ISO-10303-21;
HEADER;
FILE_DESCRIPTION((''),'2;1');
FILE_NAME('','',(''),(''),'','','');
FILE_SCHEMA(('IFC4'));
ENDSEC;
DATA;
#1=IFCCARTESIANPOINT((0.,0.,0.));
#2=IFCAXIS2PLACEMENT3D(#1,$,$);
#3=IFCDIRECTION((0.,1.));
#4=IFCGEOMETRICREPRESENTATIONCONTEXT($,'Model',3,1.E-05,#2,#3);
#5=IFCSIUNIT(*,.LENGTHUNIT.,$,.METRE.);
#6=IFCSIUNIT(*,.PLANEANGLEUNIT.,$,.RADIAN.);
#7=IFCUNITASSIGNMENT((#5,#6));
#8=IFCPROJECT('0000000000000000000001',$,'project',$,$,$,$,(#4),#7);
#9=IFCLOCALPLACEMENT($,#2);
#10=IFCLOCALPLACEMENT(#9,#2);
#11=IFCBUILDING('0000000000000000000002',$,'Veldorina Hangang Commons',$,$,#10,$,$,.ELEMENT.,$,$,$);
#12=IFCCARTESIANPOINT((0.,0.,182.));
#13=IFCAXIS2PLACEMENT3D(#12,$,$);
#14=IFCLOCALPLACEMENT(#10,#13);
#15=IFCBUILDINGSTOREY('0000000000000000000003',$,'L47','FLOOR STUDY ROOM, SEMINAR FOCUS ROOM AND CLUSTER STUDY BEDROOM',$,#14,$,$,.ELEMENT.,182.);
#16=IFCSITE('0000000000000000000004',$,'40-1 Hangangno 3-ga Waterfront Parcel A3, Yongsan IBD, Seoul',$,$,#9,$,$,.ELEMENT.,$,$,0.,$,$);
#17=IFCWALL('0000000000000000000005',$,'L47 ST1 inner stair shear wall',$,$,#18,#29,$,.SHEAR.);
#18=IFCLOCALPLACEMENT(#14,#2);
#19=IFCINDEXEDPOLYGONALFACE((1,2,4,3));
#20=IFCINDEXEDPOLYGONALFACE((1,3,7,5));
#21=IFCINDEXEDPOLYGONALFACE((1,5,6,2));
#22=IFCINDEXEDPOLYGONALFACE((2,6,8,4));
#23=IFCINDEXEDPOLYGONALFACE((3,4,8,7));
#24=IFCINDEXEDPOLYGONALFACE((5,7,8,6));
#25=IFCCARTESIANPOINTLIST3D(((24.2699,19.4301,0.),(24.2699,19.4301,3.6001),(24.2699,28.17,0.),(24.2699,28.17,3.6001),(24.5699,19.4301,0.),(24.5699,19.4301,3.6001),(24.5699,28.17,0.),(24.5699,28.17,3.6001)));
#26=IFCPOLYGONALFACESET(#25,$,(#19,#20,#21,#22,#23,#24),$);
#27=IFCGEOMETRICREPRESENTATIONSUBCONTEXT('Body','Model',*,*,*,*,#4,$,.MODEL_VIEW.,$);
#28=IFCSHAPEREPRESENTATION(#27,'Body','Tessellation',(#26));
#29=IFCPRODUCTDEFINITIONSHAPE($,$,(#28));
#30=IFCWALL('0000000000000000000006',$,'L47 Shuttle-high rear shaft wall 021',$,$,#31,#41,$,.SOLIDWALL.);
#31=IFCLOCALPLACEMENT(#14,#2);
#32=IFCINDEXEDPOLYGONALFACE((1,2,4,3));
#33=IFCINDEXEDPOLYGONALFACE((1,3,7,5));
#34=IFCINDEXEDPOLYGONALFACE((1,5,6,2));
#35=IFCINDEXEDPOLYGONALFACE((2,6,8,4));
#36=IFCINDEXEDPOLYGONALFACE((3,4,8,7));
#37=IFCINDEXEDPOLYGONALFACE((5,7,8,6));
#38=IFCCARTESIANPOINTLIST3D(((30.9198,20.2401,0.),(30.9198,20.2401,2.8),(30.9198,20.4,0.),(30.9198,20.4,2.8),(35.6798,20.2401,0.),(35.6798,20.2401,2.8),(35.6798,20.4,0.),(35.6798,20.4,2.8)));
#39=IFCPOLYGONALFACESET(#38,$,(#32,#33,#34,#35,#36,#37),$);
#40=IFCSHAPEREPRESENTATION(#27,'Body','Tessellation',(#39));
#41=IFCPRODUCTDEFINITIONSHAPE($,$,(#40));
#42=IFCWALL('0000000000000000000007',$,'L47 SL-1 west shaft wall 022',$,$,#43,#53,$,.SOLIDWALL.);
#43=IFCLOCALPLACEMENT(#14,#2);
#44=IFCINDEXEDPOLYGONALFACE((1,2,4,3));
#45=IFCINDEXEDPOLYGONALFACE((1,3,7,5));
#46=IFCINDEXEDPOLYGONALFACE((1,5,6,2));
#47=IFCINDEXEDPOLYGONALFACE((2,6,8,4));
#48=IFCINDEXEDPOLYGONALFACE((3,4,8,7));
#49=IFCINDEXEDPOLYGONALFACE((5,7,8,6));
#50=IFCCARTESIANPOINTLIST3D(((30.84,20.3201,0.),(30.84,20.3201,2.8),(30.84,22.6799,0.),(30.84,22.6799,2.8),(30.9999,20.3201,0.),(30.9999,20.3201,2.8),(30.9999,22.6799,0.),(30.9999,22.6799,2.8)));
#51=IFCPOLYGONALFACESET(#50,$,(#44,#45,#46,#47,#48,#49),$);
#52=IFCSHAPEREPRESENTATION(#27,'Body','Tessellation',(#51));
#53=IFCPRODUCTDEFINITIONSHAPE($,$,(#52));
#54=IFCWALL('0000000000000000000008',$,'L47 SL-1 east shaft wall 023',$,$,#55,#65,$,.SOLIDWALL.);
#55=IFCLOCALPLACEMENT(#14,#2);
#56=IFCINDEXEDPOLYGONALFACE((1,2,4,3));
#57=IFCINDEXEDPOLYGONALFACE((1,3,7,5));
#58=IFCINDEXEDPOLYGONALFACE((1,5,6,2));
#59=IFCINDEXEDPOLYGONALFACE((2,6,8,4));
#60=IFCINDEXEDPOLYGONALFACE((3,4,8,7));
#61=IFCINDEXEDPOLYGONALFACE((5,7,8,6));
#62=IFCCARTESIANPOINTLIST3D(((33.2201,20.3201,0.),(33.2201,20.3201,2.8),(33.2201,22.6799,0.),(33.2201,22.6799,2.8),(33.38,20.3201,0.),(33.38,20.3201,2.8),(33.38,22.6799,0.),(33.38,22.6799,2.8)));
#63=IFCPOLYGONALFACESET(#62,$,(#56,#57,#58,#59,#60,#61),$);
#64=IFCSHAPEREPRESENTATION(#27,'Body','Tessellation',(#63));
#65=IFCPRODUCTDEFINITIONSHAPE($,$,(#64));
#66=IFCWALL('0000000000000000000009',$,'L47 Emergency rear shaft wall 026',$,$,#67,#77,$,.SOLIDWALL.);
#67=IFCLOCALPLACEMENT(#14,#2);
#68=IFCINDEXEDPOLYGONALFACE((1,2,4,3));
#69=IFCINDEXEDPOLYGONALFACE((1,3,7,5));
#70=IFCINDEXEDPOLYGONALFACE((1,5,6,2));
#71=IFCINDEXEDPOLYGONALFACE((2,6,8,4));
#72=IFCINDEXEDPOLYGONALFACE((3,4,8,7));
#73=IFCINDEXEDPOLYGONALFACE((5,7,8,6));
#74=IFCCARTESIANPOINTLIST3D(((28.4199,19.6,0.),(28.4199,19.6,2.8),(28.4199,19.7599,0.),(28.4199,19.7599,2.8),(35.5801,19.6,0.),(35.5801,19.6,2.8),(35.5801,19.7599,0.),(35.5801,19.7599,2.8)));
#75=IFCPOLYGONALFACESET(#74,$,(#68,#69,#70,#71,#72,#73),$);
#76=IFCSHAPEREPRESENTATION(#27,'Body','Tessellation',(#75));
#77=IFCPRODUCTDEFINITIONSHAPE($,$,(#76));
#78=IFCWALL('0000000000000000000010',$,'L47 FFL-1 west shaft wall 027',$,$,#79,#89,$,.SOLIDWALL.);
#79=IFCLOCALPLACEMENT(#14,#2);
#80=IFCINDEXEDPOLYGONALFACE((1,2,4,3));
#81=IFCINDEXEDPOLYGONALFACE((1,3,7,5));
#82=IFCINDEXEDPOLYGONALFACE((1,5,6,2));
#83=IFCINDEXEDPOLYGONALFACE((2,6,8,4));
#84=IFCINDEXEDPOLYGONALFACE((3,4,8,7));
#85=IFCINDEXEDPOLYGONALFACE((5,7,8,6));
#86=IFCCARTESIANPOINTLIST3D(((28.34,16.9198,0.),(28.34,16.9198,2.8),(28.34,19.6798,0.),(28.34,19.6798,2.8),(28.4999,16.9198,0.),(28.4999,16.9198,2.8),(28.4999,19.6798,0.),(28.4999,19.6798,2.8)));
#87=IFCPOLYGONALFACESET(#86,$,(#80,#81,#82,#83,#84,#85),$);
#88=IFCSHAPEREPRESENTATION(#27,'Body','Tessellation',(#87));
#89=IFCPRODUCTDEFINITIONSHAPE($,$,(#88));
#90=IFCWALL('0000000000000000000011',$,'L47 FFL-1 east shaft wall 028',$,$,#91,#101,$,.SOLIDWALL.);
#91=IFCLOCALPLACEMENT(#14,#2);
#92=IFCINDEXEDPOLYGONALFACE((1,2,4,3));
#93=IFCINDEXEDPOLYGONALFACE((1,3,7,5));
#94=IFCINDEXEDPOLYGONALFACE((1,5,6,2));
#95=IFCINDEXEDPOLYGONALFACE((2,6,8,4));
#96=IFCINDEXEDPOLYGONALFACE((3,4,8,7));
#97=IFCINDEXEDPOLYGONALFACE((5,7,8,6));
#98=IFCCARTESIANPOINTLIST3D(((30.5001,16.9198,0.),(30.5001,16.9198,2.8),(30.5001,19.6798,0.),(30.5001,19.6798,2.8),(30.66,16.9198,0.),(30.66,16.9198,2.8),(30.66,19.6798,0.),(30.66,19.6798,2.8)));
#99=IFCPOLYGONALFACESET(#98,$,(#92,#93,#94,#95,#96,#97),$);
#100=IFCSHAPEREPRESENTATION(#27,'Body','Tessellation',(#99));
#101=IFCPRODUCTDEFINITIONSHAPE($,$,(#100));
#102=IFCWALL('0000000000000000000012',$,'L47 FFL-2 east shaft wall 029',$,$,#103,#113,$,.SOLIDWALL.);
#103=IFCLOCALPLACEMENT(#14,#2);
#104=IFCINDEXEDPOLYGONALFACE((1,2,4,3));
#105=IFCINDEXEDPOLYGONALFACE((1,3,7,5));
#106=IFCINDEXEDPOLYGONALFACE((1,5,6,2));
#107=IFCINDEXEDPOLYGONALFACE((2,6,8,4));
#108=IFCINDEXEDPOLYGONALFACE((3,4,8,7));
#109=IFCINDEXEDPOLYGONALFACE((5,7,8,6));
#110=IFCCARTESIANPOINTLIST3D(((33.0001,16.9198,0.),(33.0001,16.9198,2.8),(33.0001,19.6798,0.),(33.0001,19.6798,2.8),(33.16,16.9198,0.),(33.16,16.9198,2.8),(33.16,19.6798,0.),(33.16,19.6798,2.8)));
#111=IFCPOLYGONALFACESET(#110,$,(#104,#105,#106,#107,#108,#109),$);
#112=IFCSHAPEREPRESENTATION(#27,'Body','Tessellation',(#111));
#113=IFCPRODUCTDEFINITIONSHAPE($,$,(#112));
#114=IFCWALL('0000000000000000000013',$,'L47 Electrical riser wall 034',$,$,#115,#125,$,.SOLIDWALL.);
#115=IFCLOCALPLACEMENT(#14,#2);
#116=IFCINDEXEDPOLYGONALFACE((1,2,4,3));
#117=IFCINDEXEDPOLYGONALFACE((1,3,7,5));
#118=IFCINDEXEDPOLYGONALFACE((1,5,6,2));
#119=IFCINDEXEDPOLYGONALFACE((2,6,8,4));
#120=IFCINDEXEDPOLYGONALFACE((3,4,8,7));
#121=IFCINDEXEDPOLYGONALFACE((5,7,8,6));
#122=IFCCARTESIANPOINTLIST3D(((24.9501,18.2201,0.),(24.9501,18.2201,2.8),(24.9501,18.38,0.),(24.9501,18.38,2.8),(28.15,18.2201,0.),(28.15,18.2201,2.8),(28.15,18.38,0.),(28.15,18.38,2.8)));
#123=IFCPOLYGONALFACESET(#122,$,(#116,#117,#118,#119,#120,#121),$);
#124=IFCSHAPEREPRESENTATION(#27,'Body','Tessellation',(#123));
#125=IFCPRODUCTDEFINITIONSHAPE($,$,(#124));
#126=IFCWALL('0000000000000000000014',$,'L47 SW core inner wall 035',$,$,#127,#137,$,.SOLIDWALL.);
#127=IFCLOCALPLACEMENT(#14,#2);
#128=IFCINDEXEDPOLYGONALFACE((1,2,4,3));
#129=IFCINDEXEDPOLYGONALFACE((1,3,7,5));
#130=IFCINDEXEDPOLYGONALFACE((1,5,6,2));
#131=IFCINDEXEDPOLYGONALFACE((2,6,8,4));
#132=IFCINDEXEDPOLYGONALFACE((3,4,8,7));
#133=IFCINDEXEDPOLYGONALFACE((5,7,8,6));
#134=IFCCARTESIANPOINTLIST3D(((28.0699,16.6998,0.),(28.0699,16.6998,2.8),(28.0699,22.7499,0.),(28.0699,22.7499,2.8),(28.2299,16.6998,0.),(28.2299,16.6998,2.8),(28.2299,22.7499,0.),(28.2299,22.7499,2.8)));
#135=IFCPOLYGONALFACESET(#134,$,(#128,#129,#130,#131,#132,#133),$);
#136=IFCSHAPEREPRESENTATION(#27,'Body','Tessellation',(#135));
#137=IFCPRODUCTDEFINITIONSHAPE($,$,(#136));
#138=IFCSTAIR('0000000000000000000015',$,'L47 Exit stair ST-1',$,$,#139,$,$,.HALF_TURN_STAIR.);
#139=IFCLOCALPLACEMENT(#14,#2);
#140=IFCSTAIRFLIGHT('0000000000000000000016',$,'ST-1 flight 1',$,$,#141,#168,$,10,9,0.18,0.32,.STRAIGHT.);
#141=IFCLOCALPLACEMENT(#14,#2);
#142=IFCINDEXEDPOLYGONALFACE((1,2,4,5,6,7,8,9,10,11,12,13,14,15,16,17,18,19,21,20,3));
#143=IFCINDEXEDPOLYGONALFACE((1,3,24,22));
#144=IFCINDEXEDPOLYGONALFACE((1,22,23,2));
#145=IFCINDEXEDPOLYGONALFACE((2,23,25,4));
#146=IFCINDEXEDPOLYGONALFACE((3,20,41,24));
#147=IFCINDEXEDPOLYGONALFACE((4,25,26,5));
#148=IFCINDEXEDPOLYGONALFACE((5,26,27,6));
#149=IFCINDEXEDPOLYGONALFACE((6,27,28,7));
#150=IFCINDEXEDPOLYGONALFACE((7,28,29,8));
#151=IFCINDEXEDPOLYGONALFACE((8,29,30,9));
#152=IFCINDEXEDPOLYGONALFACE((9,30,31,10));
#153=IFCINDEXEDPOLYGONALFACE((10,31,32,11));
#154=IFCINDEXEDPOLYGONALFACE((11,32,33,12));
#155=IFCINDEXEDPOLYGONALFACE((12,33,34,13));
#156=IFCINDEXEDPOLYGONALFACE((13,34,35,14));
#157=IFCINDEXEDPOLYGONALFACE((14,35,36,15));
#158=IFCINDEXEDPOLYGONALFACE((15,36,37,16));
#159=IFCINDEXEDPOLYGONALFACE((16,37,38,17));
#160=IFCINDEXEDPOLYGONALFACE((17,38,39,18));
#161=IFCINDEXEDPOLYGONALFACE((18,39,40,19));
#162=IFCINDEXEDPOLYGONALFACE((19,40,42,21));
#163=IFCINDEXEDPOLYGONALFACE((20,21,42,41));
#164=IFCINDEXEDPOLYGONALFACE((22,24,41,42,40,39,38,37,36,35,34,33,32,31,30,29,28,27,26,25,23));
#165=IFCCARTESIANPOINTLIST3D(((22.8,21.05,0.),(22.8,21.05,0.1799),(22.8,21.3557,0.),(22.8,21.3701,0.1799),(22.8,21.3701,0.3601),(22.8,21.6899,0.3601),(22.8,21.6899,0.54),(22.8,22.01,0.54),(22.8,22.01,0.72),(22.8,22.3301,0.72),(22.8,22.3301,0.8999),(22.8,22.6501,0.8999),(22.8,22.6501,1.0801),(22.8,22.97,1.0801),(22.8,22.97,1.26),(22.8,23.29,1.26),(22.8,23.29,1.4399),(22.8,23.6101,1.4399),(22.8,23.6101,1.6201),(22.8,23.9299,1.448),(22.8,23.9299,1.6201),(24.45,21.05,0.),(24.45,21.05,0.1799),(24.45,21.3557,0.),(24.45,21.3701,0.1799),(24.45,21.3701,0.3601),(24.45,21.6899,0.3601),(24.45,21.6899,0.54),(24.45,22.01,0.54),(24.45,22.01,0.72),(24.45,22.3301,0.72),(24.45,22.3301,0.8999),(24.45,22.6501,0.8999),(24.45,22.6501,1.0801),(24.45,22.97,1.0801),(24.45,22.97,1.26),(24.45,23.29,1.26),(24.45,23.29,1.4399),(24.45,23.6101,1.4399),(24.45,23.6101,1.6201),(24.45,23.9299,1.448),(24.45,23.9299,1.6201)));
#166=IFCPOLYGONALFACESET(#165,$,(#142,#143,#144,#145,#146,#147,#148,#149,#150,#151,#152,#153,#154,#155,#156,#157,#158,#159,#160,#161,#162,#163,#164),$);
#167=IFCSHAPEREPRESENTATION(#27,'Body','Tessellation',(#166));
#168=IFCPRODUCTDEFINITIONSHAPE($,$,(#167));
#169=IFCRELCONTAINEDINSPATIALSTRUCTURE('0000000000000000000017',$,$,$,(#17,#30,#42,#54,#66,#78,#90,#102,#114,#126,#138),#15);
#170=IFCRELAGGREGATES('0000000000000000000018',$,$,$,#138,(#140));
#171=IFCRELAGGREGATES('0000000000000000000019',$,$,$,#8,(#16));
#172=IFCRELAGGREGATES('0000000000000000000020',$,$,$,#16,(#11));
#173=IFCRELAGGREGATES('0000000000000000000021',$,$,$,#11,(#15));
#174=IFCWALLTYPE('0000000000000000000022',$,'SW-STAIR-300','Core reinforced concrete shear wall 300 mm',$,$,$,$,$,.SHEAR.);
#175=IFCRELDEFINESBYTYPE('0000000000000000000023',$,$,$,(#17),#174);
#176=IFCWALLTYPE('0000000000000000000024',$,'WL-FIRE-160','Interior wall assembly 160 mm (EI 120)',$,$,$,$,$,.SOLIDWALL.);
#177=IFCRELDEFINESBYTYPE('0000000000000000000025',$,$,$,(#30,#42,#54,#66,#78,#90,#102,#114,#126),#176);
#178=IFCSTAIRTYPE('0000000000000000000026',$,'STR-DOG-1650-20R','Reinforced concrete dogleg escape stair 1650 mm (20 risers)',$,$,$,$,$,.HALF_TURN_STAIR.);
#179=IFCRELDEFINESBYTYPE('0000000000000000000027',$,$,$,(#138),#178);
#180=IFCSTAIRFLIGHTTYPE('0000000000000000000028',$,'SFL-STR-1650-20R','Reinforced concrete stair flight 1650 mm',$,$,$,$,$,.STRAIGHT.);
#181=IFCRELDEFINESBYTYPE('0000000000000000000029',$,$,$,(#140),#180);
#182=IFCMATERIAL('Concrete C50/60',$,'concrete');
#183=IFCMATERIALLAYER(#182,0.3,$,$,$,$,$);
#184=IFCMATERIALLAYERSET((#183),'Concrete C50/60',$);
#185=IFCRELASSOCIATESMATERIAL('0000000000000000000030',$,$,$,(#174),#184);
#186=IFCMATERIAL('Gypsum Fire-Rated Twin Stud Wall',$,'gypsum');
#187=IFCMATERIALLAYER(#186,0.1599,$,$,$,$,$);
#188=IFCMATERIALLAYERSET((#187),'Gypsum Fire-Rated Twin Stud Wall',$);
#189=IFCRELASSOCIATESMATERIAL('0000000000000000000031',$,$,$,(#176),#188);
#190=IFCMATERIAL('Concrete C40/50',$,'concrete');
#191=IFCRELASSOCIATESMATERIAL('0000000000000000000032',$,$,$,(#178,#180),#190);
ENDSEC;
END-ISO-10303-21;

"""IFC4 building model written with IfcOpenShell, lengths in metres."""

from ifc_helpers import new_model, si_unit, direction, frame, frame_2d, origin, place, context, subcontext, project, spatial, polyline, rectangle, outline, extrude, material, layer, layer_set, type_object, element, aggregate, save


model = new_model("IFC4")

# Units and contexts
model_context = context("Model", 3, precision=1e-05, world=origin(), true_north=direction((0.0, 1.0)))
body_context = subcontext(model_context, "Body", "Model", "MODEL_VIEW")
ifc_project = project(units=[si_unit("LENGTHUNIT", "METRE"), si_unit("PLANEANGLEUNIT", "RADIAN")], contexts=[model_context])

# Site, building, storey
site_placement = place(None, origin())
site = spatial("IfcSite", under=ifc_project, at=site_placement, Name="40-1 Hangangno 3-ga Waterfront Parcel A3, Yongsan IBD, Seoul", CompositionType="ELEMENT", RefElevation=0.0)
building_placement = place(site_placement, origin())
building = spatial("IfcBuilding", under=site, at=building_placement, Name="Veldorina Hangang Commons", CompositionType="ELEMENT")
storey_placement = place(building_placement, frame((0.0, 0.0, 182.0)))
storey = spatial("IfcBuildingStorey", under=building, at=storey_placement, Name="L47", Description="FLOOR STUDY ROOM, SEMINAR FOCUS ROOM AND CLUSTER STUDY BEDROOM", CompositionType="ELEMENT", Elevation=182.0)

# Walls
ifc_material_1 = material(Name="Concrete C50/60", Category="concrete")
ifc_layer_1 = layer(ifc_material_1, 0.3)
ifc_layer_set_1 = layer_set([ifc_layer_1], Name="Concrete C50/60")
wall_type_1 = type_object("IfcWallType", Name="SW-STAIR-300", Description="Core reinforced concrete shear wall 300 mm", PredefinedType="SHEAR", material=ifc_layer_set_1)
wall_1_placement = place(storey_placement, frame((24.4199, 19.4299, 0.0), z_axis=(0.0, 0.0, 1.0), x_axis=(0.0, 1.0, 0.0)))
element("IfcWall", 1, at=wall_1_placement, inside=storey, type_object=wall_type_1, Name="L47 ST1 inner stair shear wall", PredefinedType="SHEAR", context=body_context, shape_type="SweptSolid", body=[
    extrude(rectangle(XDim=8.74, YDim=0.3, at=frame_2d((4.3701, 0.0))), origin(), (0.0, 0.0, 1.0), 3.6001),
])
ifc_material_2 = material(Name="Gypsum Fire-Rated Twin Stud Wall", Category="gypsum")
ifc_layer_2 = layer(ifc_material_2, 0.1599)
ifc_layer_set_2 = layer_set([ifc_layer_2], Name="Gypsum Fire-Rated Twin Stud Wall")
wall_type_2 = type_object("IfcWallType", Name="WL-FIRE-160", Description="Interior wall assembly 160 mm (EI 120)", PredefinedType="SOLIDWALL", material=ifc_layer_set_2)
wall_2_placement = place(storey_placement, frame((30.9199, 20.3201, 0.0), z_axis=(0.0, 0.0, 1.0), x_axis=(1.0, 0.0, 0.0)))
element("IfcWall", 2, at=wall_2_placement, inside=storey, type_object=wall_type_2, Name="L47 Shuttle-high rear shaft wall 021", PredefinedType="SOLIDWALL", context=body_context, shape_type="SweptSolid", body=[
    extrude(rectangle(XDim=4.76, YDim=0.1599, at=frame_2d((2.3799, 0.0))), origin(), (0.0, 0.0, 1.0), 2.8),
])
for number, where, z_axis, x_axis, name in (
    (3, (30.9199, 20.3201, 0.0), (0.0, 0.0, 1.0), (0.0, 1.0, 0.0), "L47 SL-1 west shaft wall 022"),
    (4, (33.3, 20.3201, 0.0), (0.0, 0.0, 1.0), (0.0, 1.0, 0.0), "L47 SL-1 east shaft wall 023"),
):
    element("IfcWall", number, at=place(storey_placement, frame(where, z_axis=z_axis, x_axis=x_axis)), inside=storey, type_object=wall_type_2, Name=name, PredefinedType="SOLIDWALL", context=body_context, shape_type="SweptSolid", body=[
        extrude(rectangle(XDim=2.3599, YDim=0.1599, at=frame_2d((1.1799, 0.0))), origin(), (0.0, 0.0, 1.0), 2.8),
    ])

# Walls
wall_3_placement = place(storey_placement, frame((28.4199, 19.6799, 0.0), z_axis=(0.0, 0.0, 1.0), x_axis=(1.0, 0.0, 0.0)))
element("IfcWall", 5, at=wall_3_placement, inside=storey, type_object=wall_type_2, Name="L47 Emergency rear shaft wall 026", PredefinedType="SOLIDWALL", context=body_context, shape_type="SweptSolid", body=[
    extrude(rectangle(XDim=7.1602, YDim=0.1599, at=frame_2d((3.5801, 0.0))), origin(), (0.0, 0.0, 1.0), 2.8),
])
for number, where, z_axis, x_axis, name in (
    (6, (28.4199, 16.9199, 0.0), (0.0, 0.0, 1.0), (0.0, 1.0, 0.0), "L47 FFL-1 west shaft wall 027"),
    (7, (30.5801, 16.9199, 0.0), (0.0, 0.0, 1.0), (0.0, 1.0, 0.0), "L47 FFL-1 east shaft wall 028"),
    (8, (33.0801, 16.9199, 0.0), (0.0, 0.0, 1.0), (0.0, 1.0, 0.0), "L47 FFL-2 east shaft wall 029"),
):
    element("IfcWall", number, at=place(storey_placement, frame(where, z_axis=z_axis, x_axis=x_axis)), inside=storey, type_object=wall_type_2, Name=name, PredefinedType="SOLIDWALL", context=body_context, shape_type="SweptSolid", body=[
        extrude(rectangle(XDim=2.76, YDim=0.1599, at=frame_2d((1.3799, 0.0))), origin(), (0.0, 0.0, 1.0), 2.8),
    ])
wall_4_placement = place(storey_placement, frame((24.95, 18.3, 0.0), z_axis=(0.0, 0.0, 1.0), x_axis=(1.0, 0.0, 0.0)))
element("IfcWall", 9, at=wall_4_placement, inside=storey, type_object=wall_type_2, Name="L47 Electrical riser wall 034", PredefinedType="SOLIDWALL", context=body_context, shape_type="SweptSolid", body=[
    extrude(rectangle(XDim=3.2, YDim=0.1599, at=frame_2d((1.6001, 0.0))), origin(), (0.0, 0.0, 1.0), 2.8),
])
wall_5_placement = place(storey_placement, frame((28.1499, 16.7, 0.0), z_axis=(0.0, 0.0, 1.0), x_axis=(0.0, 1.0, 0.0)))
element("IfcWall", 10, at=wall_5_placement, inside=storey, type_object=wall_type_2, Name="L47 SW core inner wall 035", PredefinedType="SOLIDWALL", context=body_context, shape_type="SweptSolid", body=[
    extrude(rectangle(XDim=6.05, YDim=0.1599, at=frame_2d((3.0249, 0.0))), origin(), (0.0, 0.0, 1.0), 2.8),
])

# Stair, stair flight
ifc_material_3 = material(Name="Concrete C40/50", Category="concrete")
stair_type = type_object("IfcStairType", Name="STR-DOG-1650-20R", Description="Reinforced concrete dogleg escape stair 1650 mm (20 risers)", PredefinedType="HALF_TURN_STAIR", material=ifc_material_3)
stair_placement = place(storey_placement, origin())
stair = element("IfcStair", 11, at=stair_placement, inside=storey, type_object=stair_type, Name="L47 Exit stair ST-1", PredefinedType="HALF_TURN_STAIR")
stair_flight_type = type_object("IfcStairFlightType", Name="SFL-STR-1650-20R", Description="Reinforced concrete stair flight 1650 mm", PredefinedType="STRAIGHT", material=ifc_material_3)
stair_flight_placement = place(storey_placement, frame((23.625, 21.05, 0.0), z_axis=(0.0, 0.0, 1.0), x_axis=(0.0, 1.0, 0.0)))
stair_flight = element("IfcStairFlight", 12, at=stair_flight_placement, type_object=stair_flight_type, Name="ST-1 flight 1", NumberOfRisers=10, NumberOfTreads=9, PredefinedType="STRAIGHT", RiserHeight=0.18, TreadLength=0.32, context=body_context, shape_type="SweptSolid", body=[
    extrude(outline(polyline([(0.0, 0.0), (0.0, 0.1799), (0.3201, 0.1799), (0.3201, 0.3601), (0.6399, 0.3601), (0.6399, 0.54), (0.96, 0.54), (0.96, 0.72), (1.28, 0.72), (1.28, 0.8999), (1.6001, 0.8999), (1.6001, 1.0801), (1.9199, 1.0801), (1.9199, 1.26), (2.24, 1.26), (2.24, 1.4399), (2.5601, 1.4399), (2.5601, 1.6201), (2.8799, 1.6201), (2.8799, 1.8), (2.8799, 1.448), (0.3057, 0.0), (0.0, 0.0)])), frame((0.0, 0.825, 0.0), z_axis=(0.0, -1.0, 0.0), x_axis=(1.0, 0.0, 0.0)), (0.0, 0.0, 1.0), 1.6499),
])
aggregate(stair, [stair_flight])

save(model, "model.ifc")
